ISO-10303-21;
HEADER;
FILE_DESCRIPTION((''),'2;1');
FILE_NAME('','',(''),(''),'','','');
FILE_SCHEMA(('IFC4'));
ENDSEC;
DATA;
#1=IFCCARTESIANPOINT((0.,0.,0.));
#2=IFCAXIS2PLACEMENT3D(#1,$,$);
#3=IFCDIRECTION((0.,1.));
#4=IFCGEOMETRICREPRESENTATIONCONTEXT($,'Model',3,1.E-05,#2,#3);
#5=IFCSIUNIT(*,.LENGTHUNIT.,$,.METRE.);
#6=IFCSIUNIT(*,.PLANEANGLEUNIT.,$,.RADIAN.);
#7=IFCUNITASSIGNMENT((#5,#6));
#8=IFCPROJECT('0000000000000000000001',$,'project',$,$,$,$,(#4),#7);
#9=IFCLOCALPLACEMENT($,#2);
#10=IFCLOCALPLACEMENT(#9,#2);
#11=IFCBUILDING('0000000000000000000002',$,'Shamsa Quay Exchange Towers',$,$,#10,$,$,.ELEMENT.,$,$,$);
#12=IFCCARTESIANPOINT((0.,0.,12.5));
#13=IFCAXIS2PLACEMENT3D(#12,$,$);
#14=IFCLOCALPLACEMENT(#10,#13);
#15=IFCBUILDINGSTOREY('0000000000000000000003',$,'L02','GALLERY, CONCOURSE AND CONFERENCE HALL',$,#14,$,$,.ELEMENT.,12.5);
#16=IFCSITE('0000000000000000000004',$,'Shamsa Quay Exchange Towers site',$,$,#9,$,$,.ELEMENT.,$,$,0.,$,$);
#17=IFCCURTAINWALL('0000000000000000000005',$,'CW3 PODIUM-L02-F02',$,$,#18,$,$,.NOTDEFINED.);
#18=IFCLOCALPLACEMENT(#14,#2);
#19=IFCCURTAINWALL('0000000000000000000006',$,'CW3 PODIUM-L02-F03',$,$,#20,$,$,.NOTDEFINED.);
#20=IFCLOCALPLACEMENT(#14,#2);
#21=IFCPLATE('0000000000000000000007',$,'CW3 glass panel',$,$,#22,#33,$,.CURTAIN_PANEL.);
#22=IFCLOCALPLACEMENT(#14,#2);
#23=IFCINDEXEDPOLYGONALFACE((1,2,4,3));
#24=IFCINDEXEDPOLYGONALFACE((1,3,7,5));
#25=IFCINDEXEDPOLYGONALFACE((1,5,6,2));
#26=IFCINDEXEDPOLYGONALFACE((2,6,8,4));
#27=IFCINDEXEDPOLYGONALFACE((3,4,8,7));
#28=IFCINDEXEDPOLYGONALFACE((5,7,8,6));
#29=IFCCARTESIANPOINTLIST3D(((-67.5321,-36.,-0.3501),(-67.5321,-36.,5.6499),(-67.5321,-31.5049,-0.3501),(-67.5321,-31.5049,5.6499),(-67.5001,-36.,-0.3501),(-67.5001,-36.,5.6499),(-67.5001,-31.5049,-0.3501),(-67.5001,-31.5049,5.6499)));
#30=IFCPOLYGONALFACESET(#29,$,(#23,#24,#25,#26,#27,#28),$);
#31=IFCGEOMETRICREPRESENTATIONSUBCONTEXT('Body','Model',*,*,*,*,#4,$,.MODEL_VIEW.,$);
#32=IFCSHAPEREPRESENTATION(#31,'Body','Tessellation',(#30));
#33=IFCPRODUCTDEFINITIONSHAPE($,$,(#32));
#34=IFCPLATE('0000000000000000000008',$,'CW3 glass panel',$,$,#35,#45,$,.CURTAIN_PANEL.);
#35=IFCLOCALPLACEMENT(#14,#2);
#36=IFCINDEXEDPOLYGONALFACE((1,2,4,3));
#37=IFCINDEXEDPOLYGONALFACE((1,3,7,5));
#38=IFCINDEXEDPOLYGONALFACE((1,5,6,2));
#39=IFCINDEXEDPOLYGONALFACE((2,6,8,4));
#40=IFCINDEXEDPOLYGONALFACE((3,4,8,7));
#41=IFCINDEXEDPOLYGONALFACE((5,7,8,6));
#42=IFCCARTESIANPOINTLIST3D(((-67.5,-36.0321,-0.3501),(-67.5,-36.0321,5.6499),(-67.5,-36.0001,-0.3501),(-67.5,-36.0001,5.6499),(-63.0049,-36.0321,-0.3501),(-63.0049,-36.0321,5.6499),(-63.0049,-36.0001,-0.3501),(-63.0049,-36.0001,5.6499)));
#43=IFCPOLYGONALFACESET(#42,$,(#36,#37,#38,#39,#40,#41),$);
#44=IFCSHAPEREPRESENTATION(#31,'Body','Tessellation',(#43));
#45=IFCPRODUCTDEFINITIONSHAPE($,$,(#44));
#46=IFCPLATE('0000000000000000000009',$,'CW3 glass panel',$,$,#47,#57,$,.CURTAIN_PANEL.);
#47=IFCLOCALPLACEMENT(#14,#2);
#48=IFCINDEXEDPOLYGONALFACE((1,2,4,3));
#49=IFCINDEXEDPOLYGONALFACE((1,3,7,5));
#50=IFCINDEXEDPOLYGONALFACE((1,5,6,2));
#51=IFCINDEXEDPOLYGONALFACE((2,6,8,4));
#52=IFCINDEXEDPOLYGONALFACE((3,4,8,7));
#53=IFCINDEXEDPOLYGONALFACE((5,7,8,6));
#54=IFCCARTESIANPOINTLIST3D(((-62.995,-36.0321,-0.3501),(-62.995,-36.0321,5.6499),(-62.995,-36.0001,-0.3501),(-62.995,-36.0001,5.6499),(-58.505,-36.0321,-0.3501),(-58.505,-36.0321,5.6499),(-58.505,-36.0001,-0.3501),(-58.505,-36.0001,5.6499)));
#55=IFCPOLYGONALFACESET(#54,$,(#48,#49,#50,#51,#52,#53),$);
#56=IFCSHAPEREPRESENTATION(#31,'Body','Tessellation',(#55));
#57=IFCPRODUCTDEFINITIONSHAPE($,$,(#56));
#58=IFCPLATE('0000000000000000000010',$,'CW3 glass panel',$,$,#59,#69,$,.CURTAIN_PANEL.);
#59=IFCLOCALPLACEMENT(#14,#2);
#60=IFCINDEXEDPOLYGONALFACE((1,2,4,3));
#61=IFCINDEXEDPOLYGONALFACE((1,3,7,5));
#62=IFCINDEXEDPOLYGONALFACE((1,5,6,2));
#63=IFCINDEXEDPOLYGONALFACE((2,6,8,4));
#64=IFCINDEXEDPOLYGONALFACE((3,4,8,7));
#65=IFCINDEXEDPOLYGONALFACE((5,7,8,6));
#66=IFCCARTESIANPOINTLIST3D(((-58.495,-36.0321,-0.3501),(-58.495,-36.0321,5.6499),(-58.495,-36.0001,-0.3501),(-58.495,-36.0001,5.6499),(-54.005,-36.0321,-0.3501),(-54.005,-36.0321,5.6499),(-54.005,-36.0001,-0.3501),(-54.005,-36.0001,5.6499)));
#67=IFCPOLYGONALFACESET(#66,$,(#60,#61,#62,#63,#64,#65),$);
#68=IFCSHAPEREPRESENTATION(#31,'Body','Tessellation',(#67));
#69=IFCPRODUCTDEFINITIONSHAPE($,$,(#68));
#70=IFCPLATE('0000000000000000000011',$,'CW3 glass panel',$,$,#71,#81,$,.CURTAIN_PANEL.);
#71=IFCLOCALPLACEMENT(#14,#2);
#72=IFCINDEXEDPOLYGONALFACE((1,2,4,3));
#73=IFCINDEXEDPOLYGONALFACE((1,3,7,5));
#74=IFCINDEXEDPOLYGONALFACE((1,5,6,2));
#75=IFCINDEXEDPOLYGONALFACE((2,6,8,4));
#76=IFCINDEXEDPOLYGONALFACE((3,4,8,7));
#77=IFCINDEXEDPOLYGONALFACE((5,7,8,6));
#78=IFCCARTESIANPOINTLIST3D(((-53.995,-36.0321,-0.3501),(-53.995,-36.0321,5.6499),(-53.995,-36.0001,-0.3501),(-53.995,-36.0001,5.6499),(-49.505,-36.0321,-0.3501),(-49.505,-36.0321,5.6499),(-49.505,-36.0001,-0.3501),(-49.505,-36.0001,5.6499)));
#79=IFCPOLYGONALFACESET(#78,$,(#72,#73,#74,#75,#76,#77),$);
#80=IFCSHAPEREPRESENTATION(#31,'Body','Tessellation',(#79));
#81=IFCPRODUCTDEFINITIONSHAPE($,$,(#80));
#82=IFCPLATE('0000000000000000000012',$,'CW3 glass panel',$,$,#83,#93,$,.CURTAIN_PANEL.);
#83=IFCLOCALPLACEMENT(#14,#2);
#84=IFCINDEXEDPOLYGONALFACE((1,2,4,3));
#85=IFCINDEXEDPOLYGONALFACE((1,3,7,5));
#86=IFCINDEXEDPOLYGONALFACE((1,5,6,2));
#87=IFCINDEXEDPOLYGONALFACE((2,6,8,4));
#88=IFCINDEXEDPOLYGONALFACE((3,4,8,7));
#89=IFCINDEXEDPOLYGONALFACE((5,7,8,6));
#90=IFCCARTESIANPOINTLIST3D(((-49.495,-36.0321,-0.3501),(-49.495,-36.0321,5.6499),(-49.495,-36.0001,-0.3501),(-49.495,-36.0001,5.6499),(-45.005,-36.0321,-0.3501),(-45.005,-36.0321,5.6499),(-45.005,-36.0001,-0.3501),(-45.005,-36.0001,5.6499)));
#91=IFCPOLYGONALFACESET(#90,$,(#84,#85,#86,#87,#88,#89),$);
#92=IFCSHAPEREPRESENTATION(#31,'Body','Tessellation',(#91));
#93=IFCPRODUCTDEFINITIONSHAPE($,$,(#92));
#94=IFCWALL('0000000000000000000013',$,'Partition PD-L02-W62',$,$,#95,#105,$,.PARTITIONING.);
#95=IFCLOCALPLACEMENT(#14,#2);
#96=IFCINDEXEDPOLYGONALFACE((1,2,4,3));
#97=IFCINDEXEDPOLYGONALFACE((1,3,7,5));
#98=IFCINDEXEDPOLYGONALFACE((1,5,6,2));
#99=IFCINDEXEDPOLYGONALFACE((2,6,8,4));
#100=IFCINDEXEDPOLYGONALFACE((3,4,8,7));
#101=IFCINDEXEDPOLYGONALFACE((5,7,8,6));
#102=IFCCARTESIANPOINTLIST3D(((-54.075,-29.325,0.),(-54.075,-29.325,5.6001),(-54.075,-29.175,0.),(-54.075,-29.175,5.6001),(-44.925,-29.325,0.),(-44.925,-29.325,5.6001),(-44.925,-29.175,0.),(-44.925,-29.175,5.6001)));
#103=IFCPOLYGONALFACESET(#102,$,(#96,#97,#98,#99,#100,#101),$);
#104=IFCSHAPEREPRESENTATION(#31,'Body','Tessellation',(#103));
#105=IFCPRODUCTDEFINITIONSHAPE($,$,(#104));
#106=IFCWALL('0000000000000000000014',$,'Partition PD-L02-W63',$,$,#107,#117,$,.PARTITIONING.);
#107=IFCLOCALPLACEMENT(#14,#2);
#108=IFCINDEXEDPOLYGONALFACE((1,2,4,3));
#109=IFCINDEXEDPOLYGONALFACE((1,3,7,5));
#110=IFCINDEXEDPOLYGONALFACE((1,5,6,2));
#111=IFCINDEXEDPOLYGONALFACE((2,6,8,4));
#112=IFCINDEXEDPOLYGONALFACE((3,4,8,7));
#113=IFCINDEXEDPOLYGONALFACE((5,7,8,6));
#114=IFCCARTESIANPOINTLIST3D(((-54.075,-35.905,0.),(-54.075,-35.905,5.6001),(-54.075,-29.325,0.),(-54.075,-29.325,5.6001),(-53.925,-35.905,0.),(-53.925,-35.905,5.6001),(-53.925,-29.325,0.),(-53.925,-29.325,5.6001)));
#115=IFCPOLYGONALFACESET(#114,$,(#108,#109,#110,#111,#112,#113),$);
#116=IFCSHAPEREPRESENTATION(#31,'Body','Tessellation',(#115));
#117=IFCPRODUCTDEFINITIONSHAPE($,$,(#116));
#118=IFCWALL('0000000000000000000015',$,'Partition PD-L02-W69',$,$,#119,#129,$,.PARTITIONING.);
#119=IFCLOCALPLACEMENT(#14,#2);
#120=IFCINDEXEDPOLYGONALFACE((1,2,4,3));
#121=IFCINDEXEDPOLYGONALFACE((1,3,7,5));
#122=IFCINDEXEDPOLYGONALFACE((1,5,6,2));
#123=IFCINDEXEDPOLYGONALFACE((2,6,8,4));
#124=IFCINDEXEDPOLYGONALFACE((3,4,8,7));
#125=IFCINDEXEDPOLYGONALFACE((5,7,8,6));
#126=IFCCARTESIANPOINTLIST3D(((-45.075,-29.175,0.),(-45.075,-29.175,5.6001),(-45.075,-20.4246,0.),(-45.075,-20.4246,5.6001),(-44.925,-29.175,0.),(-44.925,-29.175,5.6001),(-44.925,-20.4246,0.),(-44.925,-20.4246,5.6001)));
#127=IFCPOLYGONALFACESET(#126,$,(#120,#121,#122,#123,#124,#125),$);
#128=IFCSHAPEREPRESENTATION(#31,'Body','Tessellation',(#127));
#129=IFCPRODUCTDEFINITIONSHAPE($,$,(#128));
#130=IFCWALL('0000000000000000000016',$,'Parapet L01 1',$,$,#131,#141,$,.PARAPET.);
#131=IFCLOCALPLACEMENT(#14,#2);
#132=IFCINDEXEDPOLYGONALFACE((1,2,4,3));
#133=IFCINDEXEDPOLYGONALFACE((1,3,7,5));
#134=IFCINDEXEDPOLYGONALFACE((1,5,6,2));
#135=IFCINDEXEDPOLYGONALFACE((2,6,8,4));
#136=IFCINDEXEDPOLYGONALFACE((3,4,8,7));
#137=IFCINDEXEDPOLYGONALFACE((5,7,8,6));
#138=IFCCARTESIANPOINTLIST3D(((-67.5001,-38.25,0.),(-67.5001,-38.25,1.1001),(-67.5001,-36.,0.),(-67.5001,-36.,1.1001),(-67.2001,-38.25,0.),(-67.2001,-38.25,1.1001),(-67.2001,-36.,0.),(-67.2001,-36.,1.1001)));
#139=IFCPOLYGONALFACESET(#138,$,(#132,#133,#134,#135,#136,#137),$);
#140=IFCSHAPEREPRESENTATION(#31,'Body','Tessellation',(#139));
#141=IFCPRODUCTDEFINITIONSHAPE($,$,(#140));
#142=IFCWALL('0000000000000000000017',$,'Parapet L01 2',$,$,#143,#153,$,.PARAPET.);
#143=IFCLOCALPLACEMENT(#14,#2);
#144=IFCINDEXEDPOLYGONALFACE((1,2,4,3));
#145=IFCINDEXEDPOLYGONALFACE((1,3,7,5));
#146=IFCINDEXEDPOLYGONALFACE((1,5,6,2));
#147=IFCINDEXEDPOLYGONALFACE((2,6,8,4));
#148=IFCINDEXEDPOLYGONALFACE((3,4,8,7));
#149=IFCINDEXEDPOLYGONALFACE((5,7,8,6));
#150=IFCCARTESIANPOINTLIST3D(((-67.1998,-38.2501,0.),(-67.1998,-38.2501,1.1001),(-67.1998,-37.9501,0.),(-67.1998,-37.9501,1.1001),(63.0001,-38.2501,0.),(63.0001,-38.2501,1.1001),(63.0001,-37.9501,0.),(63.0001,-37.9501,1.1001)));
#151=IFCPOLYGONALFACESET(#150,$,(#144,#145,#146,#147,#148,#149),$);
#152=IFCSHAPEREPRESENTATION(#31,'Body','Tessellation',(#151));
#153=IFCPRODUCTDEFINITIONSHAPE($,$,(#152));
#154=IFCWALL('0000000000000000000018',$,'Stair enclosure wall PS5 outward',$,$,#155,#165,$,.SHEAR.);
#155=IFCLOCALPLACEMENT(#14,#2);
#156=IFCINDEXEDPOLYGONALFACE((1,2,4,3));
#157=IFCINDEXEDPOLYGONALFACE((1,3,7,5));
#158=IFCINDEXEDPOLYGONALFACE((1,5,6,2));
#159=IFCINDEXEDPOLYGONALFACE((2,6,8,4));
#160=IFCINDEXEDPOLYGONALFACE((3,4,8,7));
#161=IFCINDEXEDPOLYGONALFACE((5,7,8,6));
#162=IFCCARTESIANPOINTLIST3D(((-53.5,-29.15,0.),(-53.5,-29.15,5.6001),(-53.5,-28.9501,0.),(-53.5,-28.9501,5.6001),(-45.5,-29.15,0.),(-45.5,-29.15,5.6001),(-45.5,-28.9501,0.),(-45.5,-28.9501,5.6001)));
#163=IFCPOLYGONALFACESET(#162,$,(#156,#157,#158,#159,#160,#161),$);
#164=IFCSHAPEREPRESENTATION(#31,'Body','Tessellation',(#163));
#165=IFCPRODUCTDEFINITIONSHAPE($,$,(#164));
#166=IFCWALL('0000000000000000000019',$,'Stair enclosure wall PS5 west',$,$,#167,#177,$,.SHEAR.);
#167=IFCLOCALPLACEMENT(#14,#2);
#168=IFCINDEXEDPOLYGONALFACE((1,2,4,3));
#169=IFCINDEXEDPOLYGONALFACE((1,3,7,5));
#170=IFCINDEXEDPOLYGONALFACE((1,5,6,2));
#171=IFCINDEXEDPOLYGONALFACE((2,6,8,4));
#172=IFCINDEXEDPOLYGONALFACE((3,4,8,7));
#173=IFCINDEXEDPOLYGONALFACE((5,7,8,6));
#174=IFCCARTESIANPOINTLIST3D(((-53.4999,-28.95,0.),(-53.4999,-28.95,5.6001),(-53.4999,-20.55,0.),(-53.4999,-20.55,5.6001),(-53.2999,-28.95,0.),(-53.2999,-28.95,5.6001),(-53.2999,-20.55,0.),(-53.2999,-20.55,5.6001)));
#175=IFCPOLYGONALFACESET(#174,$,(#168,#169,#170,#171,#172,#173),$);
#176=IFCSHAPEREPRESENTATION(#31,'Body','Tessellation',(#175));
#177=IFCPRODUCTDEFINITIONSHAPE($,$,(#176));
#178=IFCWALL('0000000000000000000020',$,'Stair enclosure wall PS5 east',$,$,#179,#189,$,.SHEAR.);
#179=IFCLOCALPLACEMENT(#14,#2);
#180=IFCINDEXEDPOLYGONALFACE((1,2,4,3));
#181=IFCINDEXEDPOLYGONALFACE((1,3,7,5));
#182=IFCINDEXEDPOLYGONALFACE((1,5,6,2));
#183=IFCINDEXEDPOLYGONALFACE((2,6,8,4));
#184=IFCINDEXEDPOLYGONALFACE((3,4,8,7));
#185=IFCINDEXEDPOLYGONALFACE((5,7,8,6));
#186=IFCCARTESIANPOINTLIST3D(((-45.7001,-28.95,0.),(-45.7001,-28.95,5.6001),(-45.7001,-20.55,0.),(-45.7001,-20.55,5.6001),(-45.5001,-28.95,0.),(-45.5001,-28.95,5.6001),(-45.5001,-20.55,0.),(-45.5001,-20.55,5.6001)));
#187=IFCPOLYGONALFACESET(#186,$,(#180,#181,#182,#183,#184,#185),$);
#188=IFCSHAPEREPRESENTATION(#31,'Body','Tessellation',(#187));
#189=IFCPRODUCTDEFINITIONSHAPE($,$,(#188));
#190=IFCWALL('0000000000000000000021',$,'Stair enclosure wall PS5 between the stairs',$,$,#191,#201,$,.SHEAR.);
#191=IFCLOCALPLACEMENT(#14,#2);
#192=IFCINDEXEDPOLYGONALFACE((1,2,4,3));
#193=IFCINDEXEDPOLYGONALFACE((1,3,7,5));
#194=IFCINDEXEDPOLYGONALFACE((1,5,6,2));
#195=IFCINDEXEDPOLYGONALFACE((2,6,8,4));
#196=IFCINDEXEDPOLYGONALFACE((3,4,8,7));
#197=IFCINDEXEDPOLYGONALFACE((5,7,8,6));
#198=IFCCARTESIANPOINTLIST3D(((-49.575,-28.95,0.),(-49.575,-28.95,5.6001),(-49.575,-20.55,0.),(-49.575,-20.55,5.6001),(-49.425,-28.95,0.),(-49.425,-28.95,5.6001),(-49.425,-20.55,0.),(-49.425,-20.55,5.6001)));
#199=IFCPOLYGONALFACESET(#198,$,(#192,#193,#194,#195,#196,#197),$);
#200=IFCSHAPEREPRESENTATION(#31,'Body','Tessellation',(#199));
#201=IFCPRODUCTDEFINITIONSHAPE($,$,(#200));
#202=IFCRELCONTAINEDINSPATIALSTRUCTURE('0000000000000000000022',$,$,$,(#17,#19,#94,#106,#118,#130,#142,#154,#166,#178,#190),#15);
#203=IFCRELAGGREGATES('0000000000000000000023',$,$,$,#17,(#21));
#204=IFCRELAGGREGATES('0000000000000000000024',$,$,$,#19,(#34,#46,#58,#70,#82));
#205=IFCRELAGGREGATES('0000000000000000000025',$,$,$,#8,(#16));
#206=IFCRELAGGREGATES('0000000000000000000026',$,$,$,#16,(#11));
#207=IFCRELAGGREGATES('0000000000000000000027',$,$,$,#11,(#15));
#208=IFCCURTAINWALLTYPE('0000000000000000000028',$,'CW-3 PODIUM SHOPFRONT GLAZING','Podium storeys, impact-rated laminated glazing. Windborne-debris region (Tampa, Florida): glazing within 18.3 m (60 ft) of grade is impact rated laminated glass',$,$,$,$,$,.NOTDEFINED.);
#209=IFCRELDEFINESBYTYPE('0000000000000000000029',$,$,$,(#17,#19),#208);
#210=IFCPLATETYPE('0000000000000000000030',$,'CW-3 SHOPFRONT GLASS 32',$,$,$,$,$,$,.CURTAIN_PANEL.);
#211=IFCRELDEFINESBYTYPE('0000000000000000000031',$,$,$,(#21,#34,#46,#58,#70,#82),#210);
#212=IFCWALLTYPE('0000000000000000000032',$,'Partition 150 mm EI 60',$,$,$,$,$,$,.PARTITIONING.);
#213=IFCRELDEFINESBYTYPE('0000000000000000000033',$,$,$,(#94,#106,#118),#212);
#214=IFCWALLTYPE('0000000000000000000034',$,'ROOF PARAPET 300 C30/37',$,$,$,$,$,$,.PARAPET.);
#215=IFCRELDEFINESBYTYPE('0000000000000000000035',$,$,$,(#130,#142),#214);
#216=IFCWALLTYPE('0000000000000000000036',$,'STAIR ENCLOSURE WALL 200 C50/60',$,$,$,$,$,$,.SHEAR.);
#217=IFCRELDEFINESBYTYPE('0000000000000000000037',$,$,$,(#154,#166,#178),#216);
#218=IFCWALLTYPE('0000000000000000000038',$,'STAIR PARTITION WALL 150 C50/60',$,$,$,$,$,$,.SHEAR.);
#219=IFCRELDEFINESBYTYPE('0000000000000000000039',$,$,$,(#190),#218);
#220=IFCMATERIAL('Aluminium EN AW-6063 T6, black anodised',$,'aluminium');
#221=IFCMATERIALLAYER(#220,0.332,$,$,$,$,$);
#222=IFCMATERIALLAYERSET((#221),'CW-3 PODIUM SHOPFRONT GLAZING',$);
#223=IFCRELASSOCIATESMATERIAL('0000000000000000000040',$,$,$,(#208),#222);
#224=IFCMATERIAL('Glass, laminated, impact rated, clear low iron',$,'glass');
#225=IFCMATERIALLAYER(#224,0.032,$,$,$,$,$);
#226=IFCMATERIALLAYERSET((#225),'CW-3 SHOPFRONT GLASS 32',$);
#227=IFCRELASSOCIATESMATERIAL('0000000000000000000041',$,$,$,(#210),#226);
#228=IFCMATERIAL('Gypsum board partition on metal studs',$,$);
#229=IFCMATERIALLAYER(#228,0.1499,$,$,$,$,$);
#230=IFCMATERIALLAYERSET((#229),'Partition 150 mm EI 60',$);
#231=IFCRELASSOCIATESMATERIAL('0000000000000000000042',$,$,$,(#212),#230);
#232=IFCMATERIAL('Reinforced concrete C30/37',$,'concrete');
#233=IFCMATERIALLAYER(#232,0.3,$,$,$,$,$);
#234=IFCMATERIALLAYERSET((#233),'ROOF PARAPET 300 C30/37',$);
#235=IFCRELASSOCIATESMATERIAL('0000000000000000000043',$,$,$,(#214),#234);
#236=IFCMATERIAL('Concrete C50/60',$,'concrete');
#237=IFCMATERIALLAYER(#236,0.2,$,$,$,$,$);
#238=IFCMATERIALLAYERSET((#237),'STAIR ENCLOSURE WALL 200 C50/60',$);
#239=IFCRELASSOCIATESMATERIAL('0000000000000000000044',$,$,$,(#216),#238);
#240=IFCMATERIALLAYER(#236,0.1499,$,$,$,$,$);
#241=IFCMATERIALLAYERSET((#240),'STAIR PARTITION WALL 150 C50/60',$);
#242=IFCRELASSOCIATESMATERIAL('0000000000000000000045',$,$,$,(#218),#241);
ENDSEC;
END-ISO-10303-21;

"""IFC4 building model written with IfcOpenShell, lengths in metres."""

from ifc_helpers import new_model, si_unit, direction, frame, frame_2d, origin, origin_2d, place, context, subcontext, project, spatial, rectangle, extrude, material, layer, layer_set, type_object, element, aggregate, save


model = new_model("IFC4")

# Units and contexts
model_context = context("Model", 3, precision=1e-05, world=origin(), true_north=direction((0.0, 1.0)))
body_context = subcontext(model_context, "Body", "Model", "MODEL_VIEW")
ifc_project = project(units=[si_unit("LENGTHUNIT", "METRE"), si_unit("PLANEANGLEUNIT", "RADIAN")], contexts=[model_context])

# Site, building, storey
site_placement = place(None, origin())
site = spatial("IfcSite", under=ifc_project, at=site_placement, Name="Shamsa Quay Exchange Towers site", CompositionType="ELEMENT", RefElevation=0.0)
building_placement = place(site_placement, origin())
building = spatial("IfcBuilding", under=site, at=building_placement, Name="Shamsa Quay Exchange Towers", CompositionType="ELEMENT")
storey_placement = place(building_placement, frame((0.0, 0.0, 12.5)))
storey = spatial("IfcBuildingStorey", under=building, at=storey_placement, Name="L02", Description="GALLERY, CONCOURSE AND CONFERENCE HALL", CompositionType="ELEMENT", Elevation=12.5)

# Curtain walls
ifc_material_1 = material(Name="Aluminium EN AW-6063 T6, black anodised", Category="aluminium")
ifc_layer_1 = layer(ifc_material_1, 0.332)
ifc_layer_set_1 = layer_set([ifc_layer_1], Name="CW-3 PODIUM SHOPFRONT GLAZING")
curtain_wall_type = type_object("IfcCurtainWallType", Name="CW-3 PODIUM SHOPFRONT GLAZING", Description="Podium storeys, impact-rated laminated glazing. Windborne-debris region (Tampa, Florida): glazing within 18.3 m (60 ft) of grade is impact rated laminated glass", PredefinedType="NOTDEFINED", material=ifc_layer_set_1)
curtain_wall_1_placement = place(storey_placement, origin())
curtain_wall_1 = element("IfcCurtainWall", 1, at=curtain_wall_1_placement, inside=storey, type_object=curtain_wall_type, Name="CW3 PODIUM-L02-F02", PredefinedType="NOTDEFINED")
curtain_wall_2_placement = place(storey_placement, origin())
curtain_wall_2 = element("IfcCurtainWall", 2, at=curtain_wall_2_placement, inside=storey, type_object=curtain_wall_type, Name="CW3 PODIUM-L02-F03", PredefinedType="NOTDEFINED")

# Plates
ifc_material_2 = material(Name="Glass, laminated, impact rated, clear low iron", Category="glass")
ifc_layer_2 = layer(ifc_material_2, 0.032)
ifc_layer_set_2 = layer_set([ifc_layer_2], Name="CW-3 SHOPFRONT GLASS 32")
plate_type = type_object("IfcPlateType", Name="CW-3 SHOPFRONT GLASS 32", PredefinedType="CURTAIN_PANEL", material=ifc_layer_set_2)
plate_1_placement = place(storey_placement, frame((-67.5161, -33.7524, -0.3501), z_axis=(0.0, 0.0, 1.0), x_axis=(0.0, -1.0, 0.0)))
plate_1 = element("IfcPlate", 3, at=plate_1_placement, type_object=plate_type, Name="CW3 glass panel", PredefinedType="CURTAIN_PANEL", context=body_context, shape_type="SweptSolid", body=[
    extrude(rectangle(XDim=4.4951, YDim=0.032, at=origin_2d()), origin(), (0.0, 0.0, 1.0), 6.0),
])
aggregate(curtain_wall_1, [plate_1])
plate_2_placement = place(storey_placement, frame((-65.2524, -36.0161, -0.3501)))
plate_2 = element("IfcPlate", 4, at=plate_2_placement, type_object=plate_type, Name="CW3 glass panel", PredefinedType="CURTAIN_PANEL", context=body_context, shape_type="SweptSolid", body=[
    extrude(rectangle(XDim=4.4951, YDim=0.032, at=origin_2d()), origin(), (0.0, 0.0, 1.0), 6.0),
])
plate_3_placement = place(storey_placement, frame((-60.75, -36.0161, -0.3501)))
plate_3 = element("IfcPlate", 5, at=plate_3_placement, type_object=plate_type, Name="CW3 glass panel", PredefinedType="CURTAIN_PANEL", context=body_context, shape_type="SweptSolid", body=[
    extrude(rectangle(XDim=4.49, YDim=0.032, at=origin_2d()), origin(), (0.0, 0.0, 1.0), 6.0),
])
plate_4_placement = place(storey_placement, frame((-56.25, -36.0161, -0.3501)))
plate_4 = element("IfcPlate", 6, at=plate_4_placement, type_object=plate_type, Name="CW3 glass panel", PredefinedType="CURTAIN_PANEL", context=body_context, shape_type="SweptSolid", body=[
    extrude(rectangle(XDim=4.49, YDim=0.032, at=origin_2d()), origin(), (0.0, 0.0, 1.0), 6.0),
])
plate_5_placement = place(storey_placement, frame((-51.75, -36.0161, -0.3501)))
plate_5 = element("IfcPlate", 7, at=plate_5_placement, type_object=plate_type, Name="CW3 glass panel", PredefinedType="CURTAIN_PANEL", context=body_context, shape_type="SweptSolid", body=[
    extrude(rectangle(XDim=4.49, YDim=0.032, at=origin_2d()), origin(), (0.0, 0.0, 1.0), 6.0),
])
plate_6_placement = place(storey_placement, frame((-47.25, -36.0161, -0.3501)))
plate_6 = element("IfcPlate", 8, at=plate_6_placement, type_object=plate_type, Name="CW3 glass panel", PredefinedType="CURTAIN_PANEL", context=body_context, shape_type="SweptSolid", body=[
    extrude(rectangle(XDim=4.49, YDim=0.032, at=origin_2d()), origin(), (0.0, 0.0, 1.0), 6.0),
])
aggregate(curtain_wall_2, [plate_2, plate_3, plate_4, plate_5, plate_6])

# Walls
ifc_material_3 = material(Name="Gypsum board partition on metal studs")
ifc_layer_3 = layer(ifc_material_3, 0.1499)
ifc_layer_set_3 = layer_set([ifc_layer_3], Name="Partition 150 mm EI 60")
wall_type_1 = type_object("IfcWallType", Name="Partition 150 mm EI 60", PredefinedType="PARTITIONING", material=ifc_layer_set_3)
wall_1_placement = place(storey_placement, frame((-54.075, -29.25, 0.0)))
element("IfcWall", 9, at=wall_1_placement, inside=storey, type_object=wall_type_1, Name="Partition PD-L02-W62", PredefinedType="PARTITIONING", context=body_context, shape_type="SweptSolid", body=[
    extrude(rectangle(XDim=9.1499, YDim=0.1499, at=frame_2d((4.575, 0.0))), origin(), (0.0, 0.0, 1.0), 5.6001),
])
wall_2_placement = place(storey_placement, frame((-54.0, -35.905, 0.0), z_axis=(0.0, 0.0, 1.0), x_axis=(0.0, 1.0, 0.0)))
element("IfcWall", 10, at=wall_2_placement, inside=storey, type_object=wall_type_1, Name="Partition PD-L02-W63", PredefinedType="PARTITIONING", context=body_context, shape_type="SweptSolid", body=[
    extrude(rectangle(XDim=6.5801, YDim=0.1499, at=frame_2d((3.29, 0.0))), origin(), (0.0, 0.0, 1.0), 5.6001),
])
wall_3_placement = place(storey_placement, frame((-45.0, -29.175, 0.0), z_axis=(0.0, 0.0, 1.0), x_axis=(0.0, 1.0, 0.0)))
element("IfcWall", 11, at=wall_3_placement, inside=storey, type_object=wall_type_1, Name="Partition PD-L02-W69", PredefinedType="PARTITIONING", context=body_context, shape_type="SweptSolid", body=[
    extrude(rectangle(XDim=8.7505, YDim=0.1499, at=frame_2d((4.3752, 0.0))), origin(), (0.0, 0.0, 1.0), 5.6001),
])
ifc_material_4 = material(Name="Reinforced concrete C30/37", Category="concrete")
ifc_layer_4 = layer(ifc_material_4, 0.3)
ifc_layer_set_4 = layer_set([ifc_layer_4], Name="ROOF PARAPET 300 C30/37")
wall_type_2 = type_object("IfcWallType", Name="ROOF PARAPET 300 C30/37", PredefinedType="PARAPET", material=ifc_layer_set_4)
wall_4_placement = place(storey_placement, frame((-67.3501, -36.0, 0.0), z_axis=(0.0, 0.0, 1.0), x_axis=(0.0, -1.0, 0.0)))
element("IfcWall", 12, at=wall_4_placement, inside=storey, type_object=wall_type_2, Name="Parapet L01 1", PredefinedType="PARAPET", context=body_context, shape_type="SweptSolid", body=[
    extrude(rectangle(XDim=2.25, YDim=0.3, at=frame_2d((1.125, 0.0))), origin(), (0.0, 0.0, 1.0), 1.1001),
])
wall_5_placement = place(storey_placement, frame((-67.2, -38.1001, 0.0)))
element("IfcWall", 13, at=wall_5_placement, inside=storey, type_object=wall_type_2, Name="Parapet L01 2", PredefinedType="PARAPET", context=body_context, shape_type="SweptSolid", body=[
    extrude(rectangle(XDim=130.2, YDim=0.3, at=frame_2d((65.1001, 0.0))), origin(), (0.0, 0.0, 1.0), 1.1001),
])
ifc_material_5 = material(Name="Concrete C50/60", Category="concrete")
ifc_layer_5 = layer(ifc_material_5, 0.2)
ifc_layer_set_5 = layer_set([ifc_layer_5], Name="STAIR ENCLOSURE WALL 200 C50/60")
wall_type_3 = type_object("IfcWallType", Name="STAIR ENCLOSURE WALL 200 C50/60", PredefinedType="SHEAR", material=ifc_layer_set_5)
wall_6_placement = place(storey_placement, frame((-53.5, -29.05, 0.0)))
element("IfcWall", 14, at=wall_6_placement, inside=storey, type_object=wall_type_3, Name="Stair enclosure wall PS5 outward", PredefinedType="SHEAR", context=body_context, shape_type="SweptSolid", body=[
    extrude(rectangle(XDim=8.0, YDim=0.2, at=frame_2d((4.0, 0.0))), origin(), (0.0, 0.0, 1.0), 5.6001),
])
for number, where, z_axis, x_axis, name in (
    (15, (-53.3999, -28.95, 0.0), (0.0, 0.0, 1.0), (0.0, 1.0, 0.0), "Stair enclosure wall PS5 west"),
    (16, (-45.6001, -28.95, 0.0), (0.0, 0.0, 1.0), (0.0, 1.0, 0.0), "Stair enclosure wall PS5 east"),
):
    element("IfcWall", number, at=place(storey_placement, frame(where, z_axis=z_axis, x_axis=x_axis)), inside=storey, type_object=wall_type_3, Name=name, PredefinedType="SHEAR", context=body_context, shape_type="SweptSolid", body=[
        extrude(rectangle(XDim=8.3999, YDim=0.2, at=frame_2d((4.2, 0.0))), origin(), (0.0, 0.0, 1.0), 5.6001),
    ])
ifc_layer_6 = layer(ifc_material_5, 0.1499)
ifc_layer_set_6 = layer_set([ifc_layer_6], Name="STAIR PARTITION WALL 150 C50/60")
wall_type_4 = type_object("IfcWallType", Name="STAIR PARTITION WALL 150 C50/60", PredefinedType="SHEAR", material=ifc_layer_set_6)
wall_7_placement = place(storey_placement, frame((-49.5, -28.95, 0.0), z_axis=(0.0, 0.0, 1.0), x_axis=(0.0, 1.0, 0.0)))
element("IfcWall", 17, at=wall_7_placement, inside=storey, type_object=wall_type_4, Name="Stair enclosure wall PS5 between the stairs", PredefinedType="SHEAR", context=body_context, shape_type="SweptSolid", body=[
    extrude(rectangle(XDim=8.3999, YDim=0.1499, at=frame_2d((4.2, 0.0))), origin(), (0.0, 0.0, 1.0), 5.6001),
])

save(model, "model.ifc")
